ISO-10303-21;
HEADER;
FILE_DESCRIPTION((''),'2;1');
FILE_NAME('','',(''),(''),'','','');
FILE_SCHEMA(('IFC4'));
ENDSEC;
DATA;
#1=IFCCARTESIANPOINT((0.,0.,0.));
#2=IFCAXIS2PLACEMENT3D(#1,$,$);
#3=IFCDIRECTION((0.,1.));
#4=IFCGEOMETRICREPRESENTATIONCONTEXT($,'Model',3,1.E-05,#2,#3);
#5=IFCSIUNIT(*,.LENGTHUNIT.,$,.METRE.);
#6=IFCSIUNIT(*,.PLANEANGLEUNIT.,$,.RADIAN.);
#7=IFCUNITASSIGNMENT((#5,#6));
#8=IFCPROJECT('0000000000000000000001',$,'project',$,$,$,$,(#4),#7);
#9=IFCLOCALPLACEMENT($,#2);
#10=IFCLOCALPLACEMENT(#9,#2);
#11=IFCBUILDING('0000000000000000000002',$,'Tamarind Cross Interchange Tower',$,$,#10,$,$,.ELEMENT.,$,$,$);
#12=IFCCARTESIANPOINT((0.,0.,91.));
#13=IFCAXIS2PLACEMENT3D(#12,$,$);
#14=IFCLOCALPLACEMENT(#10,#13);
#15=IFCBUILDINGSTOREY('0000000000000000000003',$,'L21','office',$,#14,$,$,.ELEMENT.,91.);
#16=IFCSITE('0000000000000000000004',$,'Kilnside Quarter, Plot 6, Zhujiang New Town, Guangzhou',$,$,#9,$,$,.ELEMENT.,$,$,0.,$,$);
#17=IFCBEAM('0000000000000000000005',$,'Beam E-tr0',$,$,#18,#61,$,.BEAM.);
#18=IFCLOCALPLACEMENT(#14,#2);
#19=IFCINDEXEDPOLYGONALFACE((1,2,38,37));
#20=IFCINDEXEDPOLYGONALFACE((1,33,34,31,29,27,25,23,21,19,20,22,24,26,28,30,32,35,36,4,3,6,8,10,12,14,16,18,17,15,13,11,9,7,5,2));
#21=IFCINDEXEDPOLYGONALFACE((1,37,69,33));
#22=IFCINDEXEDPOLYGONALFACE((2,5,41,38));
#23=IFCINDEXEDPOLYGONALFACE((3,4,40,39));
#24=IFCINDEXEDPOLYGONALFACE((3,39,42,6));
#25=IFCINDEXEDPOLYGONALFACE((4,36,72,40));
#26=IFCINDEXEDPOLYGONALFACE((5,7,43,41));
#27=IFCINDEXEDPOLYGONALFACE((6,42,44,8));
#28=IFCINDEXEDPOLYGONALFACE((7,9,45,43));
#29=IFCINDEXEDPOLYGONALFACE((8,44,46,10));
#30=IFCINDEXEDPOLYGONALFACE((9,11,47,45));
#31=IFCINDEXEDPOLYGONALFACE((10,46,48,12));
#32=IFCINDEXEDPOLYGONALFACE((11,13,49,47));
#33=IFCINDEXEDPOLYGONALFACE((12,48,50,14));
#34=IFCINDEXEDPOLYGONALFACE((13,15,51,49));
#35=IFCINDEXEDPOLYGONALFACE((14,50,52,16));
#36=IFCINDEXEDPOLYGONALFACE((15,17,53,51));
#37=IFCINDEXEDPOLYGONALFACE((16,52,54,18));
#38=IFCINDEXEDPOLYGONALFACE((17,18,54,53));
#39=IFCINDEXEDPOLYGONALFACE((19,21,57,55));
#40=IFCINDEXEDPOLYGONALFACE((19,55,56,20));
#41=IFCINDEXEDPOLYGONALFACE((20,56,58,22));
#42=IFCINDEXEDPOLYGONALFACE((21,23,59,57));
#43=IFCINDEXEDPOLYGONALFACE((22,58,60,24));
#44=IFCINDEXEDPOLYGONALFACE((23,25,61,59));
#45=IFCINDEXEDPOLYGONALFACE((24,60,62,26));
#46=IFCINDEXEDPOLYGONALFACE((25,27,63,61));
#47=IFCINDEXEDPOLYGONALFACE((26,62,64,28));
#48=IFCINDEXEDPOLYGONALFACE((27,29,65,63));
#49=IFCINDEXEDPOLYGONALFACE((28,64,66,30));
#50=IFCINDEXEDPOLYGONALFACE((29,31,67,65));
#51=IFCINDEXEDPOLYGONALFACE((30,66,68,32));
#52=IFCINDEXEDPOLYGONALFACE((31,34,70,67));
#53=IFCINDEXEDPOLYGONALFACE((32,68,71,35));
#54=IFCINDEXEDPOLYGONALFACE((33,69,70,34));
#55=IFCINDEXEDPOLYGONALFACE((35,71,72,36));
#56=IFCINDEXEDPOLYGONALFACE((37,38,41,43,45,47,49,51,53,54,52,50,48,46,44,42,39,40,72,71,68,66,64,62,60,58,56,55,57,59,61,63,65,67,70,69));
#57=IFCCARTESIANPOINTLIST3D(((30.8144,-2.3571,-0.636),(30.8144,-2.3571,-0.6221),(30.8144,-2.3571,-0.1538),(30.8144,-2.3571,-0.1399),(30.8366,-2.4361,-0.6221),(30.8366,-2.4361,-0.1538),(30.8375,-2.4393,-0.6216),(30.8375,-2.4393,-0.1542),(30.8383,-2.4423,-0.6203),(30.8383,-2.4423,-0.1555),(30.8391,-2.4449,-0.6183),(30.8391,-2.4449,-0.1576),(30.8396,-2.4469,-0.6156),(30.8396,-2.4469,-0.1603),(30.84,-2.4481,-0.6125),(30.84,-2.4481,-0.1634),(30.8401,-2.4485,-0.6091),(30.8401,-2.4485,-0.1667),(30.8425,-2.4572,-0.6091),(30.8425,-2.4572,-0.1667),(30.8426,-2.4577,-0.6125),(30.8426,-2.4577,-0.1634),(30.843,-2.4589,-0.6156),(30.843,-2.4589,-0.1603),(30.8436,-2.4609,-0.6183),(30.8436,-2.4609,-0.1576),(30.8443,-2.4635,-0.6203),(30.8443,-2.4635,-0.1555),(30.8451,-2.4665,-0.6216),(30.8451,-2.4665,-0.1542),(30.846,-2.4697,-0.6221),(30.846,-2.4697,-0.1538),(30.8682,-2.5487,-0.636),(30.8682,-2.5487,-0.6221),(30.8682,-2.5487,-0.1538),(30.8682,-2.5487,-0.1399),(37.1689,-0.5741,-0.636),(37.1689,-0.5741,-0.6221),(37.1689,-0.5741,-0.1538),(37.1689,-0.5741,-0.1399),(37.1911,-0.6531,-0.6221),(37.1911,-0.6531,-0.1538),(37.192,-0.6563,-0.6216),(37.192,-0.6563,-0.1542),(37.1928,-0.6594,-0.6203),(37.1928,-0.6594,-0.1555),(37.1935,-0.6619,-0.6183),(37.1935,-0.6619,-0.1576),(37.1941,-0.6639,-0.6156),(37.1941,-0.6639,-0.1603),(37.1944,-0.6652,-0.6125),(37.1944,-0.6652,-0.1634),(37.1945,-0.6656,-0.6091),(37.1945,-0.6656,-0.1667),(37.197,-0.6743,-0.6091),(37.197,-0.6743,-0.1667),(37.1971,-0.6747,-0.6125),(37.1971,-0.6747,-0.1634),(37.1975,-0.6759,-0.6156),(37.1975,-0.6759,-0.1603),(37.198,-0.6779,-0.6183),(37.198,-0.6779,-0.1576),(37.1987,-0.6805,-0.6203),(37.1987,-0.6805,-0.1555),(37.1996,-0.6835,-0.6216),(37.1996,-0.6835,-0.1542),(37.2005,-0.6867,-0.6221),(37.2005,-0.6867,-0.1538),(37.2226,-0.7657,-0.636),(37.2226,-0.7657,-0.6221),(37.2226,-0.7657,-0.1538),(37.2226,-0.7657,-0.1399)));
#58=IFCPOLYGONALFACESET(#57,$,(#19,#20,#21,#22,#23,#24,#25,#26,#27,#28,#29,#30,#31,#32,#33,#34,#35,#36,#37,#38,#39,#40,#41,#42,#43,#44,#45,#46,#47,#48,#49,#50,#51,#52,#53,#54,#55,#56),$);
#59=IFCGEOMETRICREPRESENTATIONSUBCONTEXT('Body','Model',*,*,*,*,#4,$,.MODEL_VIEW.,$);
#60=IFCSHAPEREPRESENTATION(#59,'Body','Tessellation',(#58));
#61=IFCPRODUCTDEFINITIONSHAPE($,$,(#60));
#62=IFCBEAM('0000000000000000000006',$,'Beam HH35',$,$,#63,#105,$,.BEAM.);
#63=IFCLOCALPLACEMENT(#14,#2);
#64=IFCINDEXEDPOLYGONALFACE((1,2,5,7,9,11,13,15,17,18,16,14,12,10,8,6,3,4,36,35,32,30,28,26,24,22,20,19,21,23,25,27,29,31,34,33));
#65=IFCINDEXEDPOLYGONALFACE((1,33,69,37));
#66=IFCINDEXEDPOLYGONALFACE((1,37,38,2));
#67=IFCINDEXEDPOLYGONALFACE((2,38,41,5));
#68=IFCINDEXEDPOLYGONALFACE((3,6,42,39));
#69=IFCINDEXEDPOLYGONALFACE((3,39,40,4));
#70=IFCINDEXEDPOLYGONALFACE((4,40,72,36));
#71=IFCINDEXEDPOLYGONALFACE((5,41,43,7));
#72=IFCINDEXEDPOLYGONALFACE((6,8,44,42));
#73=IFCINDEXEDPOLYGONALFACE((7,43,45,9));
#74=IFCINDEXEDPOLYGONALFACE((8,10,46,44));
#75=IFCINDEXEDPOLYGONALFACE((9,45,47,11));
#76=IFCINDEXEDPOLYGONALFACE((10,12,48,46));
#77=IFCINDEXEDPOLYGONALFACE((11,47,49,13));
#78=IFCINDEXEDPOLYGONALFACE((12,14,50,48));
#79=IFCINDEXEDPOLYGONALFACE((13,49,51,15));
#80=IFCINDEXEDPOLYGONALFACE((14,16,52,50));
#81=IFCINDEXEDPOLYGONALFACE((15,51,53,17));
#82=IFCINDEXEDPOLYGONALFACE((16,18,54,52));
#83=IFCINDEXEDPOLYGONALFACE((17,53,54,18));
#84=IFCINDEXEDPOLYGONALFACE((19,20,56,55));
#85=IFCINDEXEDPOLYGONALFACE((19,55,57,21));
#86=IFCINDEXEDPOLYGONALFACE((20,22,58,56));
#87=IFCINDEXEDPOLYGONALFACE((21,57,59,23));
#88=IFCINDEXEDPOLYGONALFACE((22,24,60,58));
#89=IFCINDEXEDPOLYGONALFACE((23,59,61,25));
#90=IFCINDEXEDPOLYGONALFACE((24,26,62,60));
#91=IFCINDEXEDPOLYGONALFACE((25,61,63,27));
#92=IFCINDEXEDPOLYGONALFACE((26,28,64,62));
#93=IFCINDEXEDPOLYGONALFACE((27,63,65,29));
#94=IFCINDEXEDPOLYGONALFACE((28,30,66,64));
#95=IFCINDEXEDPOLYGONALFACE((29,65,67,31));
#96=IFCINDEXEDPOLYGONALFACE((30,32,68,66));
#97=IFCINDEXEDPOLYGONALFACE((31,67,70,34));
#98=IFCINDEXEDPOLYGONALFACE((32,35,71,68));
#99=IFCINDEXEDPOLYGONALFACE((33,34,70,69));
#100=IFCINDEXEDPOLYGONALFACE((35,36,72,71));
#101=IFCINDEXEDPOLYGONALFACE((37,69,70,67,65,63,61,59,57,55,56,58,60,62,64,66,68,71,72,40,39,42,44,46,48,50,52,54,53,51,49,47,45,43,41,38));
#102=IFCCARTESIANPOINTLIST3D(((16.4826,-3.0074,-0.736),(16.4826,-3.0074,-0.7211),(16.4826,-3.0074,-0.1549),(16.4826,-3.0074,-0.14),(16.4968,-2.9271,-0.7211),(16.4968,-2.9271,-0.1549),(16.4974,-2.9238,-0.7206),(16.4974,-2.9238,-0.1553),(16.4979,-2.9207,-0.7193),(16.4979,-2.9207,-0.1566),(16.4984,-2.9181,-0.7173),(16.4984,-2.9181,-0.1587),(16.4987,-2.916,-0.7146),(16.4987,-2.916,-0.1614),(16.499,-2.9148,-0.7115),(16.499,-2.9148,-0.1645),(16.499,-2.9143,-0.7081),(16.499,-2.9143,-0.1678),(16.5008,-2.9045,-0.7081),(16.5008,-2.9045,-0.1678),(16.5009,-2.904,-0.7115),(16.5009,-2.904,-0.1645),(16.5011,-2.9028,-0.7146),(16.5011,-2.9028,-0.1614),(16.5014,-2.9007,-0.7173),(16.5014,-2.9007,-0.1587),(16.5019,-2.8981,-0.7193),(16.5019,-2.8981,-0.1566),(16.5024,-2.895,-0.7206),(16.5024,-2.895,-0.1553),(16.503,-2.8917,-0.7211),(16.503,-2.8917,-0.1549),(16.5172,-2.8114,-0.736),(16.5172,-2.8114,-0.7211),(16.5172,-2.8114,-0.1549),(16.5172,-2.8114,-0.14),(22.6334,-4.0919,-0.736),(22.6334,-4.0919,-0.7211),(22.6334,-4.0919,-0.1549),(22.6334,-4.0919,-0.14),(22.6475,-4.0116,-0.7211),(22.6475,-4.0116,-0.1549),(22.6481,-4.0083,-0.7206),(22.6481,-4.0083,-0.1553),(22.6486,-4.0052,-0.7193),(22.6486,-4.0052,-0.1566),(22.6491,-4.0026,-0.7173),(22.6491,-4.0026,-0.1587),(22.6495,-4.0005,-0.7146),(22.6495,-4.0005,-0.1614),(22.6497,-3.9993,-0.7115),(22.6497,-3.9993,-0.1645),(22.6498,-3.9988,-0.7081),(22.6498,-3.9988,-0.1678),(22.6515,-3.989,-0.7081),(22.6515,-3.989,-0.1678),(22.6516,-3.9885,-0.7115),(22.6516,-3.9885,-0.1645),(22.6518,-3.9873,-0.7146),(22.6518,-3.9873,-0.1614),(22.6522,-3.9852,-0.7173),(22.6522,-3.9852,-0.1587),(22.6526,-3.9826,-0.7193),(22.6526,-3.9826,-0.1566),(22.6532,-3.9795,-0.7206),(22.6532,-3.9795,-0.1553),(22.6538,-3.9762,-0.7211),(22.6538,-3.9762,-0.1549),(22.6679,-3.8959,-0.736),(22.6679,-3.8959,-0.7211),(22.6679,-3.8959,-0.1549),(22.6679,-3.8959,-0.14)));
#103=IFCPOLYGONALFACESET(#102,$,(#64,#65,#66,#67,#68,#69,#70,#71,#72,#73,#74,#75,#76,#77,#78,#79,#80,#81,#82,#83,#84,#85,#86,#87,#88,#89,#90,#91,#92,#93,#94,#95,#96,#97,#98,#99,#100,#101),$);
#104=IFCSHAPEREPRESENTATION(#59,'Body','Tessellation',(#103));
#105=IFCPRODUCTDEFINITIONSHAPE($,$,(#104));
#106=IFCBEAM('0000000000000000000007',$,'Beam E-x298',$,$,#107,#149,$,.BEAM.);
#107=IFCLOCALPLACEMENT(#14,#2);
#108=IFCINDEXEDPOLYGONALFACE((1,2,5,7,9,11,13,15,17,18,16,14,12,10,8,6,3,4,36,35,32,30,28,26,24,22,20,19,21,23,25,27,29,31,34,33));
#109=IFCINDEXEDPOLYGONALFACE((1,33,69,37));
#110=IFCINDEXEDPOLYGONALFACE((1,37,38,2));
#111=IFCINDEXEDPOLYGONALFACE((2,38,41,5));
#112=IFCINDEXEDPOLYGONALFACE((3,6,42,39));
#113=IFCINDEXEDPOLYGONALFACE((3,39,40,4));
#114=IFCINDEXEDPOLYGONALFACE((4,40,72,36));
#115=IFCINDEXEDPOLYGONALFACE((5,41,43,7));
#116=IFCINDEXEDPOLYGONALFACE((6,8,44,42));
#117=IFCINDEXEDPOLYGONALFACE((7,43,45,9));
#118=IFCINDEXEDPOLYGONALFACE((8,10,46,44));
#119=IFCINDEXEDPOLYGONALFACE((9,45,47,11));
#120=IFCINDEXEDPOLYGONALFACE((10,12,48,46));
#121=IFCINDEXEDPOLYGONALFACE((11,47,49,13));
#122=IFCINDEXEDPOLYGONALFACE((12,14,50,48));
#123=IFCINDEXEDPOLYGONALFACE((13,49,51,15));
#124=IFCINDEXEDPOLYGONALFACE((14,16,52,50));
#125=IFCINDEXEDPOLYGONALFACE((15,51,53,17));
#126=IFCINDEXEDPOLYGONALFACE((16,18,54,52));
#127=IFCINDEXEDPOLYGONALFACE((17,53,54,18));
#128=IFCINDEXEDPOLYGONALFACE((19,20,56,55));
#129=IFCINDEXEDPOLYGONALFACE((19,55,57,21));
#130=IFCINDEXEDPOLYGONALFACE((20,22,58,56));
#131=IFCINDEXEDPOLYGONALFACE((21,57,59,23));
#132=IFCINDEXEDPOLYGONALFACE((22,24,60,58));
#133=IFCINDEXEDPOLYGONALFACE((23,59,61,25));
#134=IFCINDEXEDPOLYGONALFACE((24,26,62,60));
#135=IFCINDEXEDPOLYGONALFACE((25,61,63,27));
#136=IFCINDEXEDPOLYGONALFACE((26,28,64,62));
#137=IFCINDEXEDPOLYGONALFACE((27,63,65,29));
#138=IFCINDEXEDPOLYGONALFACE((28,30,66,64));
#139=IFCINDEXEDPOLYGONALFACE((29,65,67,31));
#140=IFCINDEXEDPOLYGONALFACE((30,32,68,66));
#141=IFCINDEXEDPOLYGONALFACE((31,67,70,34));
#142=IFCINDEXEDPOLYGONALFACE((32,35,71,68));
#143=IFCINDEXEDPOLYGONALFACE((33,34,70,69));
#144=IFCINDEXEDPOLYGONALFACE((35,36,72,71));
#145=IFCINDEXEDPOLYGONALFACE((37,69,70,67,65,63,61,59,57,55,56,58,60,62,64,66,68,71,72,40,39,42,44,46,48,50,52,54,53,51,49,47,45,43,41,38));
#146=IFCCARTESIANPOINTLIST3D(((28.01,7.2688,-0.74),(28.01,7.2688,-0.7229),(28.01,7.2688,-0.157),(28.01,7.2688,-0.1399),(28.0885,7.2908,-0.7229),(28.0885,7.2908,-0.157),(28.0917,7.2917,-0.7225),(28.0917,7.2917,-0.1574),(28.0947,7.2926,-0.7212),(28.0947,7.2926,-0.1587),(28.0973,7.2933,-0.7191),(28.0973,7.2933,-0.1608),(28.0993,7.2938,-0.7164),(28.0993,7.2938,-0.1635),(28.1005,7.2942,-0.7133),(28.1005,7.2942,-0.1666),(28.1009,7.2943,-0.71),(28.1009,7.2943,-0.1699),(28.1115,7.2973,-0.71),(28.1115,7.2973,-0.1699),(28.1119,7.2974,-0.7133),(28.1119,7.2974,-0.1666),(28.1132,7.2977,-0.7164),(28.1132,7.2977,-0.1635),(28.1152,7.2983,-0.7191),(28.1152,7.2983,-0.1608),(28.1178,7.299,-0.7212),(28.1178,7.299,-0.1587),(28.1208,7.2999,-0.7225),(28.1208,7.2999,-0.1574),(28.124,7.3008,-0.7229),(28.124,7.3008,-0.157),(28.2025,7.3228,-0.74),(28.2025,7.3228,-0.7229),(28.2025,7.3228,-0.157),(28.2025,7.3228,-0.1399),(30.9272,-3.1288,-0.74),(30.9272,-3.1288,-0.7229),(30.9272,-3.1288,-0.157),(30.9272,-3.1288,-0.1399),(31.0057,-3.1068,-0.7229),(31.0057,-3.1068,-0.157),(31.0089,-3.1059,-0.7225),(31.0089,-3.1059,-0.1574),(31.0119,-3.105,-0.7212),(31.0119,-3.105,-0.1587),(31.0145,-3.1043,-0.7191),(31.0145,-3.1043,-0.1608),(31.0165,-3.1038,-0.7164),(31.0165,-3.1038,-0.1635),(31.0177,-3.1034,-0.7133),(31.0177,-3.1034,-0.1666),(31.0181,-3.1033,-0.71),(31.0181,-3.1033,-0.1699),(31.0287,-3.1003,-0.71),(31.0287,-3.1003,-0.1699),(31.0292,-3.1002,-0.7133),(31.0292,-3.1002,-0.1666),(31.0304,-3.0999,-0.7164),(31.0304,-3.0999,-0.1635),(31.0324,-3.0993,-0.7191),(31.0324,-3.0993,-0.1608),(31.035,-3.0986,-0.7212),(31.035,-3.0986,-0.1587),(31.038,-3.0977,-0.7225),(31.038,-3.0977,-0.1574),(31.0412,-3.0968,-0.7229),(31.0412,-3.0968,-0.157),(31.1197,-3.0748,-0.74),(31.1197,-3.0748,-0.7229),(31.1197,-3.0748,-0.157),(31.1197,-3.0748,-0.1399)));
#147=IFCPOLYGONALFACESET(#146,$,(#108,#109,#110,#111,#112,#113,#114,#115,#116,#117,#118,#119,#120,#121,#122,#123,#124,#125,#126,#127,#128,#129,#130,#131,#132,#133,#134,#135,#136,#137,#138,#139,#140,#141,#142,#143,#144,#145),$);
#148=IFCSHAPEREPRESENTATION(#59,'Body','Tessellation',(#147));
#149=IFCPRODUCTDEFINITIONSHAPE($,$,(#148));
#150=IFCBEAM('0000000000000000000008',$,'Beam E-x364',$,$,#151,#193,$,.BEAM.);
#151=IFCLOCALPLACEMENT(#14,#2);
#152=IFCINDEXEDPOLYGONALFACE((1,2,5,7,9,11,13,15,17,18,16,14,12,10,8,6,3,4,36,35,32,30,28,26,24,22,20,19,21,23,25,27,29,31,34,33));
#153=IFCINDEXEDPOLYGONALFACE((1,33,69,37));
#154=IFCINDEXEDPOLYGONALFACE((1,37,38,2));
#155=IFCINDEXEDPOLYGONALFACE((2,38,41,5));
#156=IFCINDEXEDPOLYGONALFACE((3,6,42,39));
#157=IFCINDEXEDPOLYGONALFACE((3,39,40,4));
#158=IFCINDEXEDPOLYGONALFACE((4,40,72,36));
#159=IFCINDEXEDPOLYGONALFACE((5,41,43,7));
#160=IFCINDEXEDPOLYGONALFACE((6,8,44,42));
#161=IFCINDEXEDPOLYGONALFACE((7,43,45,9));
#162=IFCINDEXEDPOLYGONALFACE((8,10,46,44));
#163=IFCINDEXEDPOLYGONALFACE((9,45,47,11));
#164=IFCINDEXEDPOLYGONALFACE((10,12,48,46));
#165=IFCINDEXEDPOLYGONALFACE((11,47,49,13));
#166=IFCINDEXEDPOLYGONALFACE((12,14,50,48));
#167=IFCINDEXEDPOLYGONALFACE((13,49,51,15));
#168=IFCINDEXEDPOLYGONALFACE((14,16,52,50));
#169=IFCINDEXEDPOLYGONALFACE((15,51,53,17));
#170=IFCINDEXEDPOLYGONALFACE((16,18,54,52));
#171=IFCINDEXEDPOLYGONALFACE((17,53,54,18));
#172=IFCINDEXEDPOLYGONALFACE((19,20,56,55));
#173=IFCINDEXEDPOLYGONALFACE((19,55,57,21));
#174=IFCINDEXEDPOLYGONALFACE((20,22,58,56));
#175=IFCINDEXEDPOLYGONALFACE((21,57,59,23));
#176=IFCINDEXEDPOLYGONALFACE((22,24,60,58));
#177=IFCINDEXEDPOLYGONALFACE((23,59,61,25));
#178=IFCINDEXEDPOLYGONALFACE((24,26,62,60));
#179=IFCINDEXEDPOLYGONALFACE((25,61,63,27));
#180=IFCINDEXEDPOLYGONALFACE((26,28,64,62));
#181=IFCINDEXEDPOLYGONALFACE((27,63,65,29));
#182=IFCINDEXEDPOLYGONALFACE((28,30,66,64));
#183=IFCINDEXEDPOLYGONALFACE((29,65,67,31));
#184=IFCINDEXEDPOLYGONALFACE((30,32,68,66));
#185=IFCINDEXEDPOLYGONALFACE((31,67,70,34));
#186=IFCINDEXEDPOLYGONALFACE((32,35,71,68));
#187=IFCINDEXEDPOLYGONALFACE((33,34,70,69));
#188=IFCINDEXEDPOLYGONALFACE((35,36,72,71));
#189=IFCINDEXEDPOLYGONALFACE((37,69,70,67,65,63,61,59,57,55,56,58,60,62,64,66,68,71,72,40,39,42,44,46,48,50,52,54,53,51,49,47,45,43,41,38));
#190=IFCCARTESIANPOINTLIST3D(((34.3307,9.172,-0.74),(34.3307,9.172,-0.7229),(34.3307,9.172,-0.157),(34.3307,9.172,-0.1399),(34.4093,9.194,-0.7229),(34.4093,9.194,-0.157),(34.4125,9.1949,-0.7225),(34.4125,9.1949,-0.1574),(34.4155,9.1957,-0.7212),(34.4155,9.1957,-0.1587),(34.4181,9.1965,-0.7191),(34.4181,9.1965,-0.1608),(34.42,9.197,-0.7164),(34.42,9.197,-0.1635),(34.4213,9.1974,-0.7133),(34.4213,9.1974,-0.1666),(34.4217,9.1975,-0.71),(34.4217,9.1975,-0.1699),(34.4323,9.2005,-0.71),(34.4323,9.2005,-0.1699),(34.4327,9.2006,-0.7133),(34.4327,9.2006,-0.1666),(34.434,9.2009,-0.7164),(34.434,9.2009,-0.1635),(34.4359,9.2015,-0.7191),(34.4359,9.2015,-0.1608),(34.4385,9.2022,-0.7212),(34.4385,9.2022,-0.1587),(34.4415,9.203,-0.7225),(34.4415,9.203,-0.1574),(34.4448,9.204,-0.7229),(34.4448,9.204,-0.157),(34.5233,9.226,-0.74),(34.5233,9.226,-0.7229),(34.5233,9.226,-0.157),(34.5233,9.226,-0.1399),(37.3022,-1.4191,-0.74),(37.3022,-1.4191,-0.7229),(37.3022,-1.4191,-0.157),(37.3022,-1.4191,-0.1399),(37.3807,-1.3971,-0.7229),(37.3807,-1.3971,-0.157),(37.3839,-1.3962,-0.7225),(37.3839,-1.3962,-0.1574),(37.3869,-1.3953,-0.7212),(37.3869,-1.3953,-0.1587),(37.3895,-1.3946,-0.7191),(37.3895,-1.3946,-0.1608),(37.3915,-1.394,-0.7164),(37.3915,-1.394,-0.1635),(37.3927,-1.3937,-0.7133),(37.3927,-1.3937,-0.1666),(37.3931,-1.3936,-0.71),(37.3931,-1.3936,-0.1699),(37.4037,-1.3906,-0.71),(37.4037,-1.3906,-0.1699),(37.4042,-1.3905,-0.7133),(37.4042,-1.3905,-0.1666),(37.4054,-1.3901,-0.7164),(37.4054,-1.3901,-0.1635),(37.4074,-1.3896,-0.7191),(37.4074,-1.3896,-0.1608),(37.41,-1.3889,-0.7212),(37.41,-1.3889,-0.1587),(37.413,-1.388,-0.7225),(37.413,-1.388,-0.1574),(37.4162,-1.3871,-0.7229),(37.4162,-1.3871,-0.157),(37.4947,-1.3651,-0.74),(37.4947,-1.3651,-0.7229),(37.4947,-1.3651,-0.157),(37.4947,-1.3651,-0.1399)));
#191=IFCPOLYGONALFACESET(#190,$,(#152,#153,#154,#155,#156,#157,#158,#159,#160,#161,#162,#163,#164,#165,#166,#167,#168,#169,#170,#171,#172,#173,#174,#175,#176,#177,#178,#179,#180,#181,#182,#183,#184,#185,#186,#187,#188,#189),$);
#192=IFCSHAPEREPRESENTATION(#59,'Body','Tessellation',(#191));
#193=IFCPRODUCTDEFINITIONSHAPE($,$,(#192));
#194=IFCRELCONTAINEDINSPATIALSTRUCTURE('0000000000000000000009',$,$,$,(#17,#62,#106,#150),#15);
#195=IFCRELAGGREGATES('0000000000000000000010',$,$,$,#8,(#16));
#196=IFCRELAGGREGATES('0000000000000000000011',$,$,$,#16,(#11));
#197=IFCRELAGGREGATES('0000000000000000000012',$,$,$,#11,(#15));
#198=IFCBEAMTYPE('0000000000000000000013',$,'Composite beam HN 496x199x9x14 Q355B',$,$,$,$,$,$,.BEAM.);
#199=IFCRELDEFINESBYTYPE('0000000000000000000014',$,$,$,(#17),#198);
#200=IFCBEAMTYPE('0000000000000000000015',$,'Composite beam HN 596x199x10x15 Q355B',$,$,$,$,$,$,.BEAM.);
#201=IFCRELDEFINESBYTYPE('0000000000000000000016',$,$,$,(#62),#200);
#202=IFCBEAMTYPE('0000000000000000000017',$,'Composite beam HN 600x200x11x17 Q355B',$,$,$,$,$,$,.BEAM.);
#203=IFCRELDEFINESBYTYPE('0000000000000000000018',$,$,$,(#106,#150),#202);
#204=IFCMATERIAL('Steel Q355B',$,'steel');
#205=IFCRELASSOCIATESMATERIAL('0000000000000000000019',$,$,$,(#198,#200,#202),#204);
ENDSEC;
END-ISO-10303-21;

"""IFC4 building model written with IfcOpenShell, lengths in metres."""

from ifc_helpers import new_model, si_unit, direction, frame, origin, origin_2d, place, context, subcontext, project, spatial, i_section, extrude, material, material_profile, profile_set, type_object, element, save


model = new_model("IFC4")

# Units and contexts
model_context = context("Model", 3, precision=1e-05, world=origin(), true_north=direction((0.0, 1.0)))
body_context = subcontext(model_context, "Body", "Model", "MODEL_VIEW")
ifc_project = project(units=[si_unit("LENGTHUNIT", "METRE"), si_unit("PLANEANGLEUNIT", "RADIAN")], contexts=[model_context])

# Site, building, storey
site_placement = place(None, origin())
site = spatial("IfcSite", under=ifc_project, at=site_placement, Name="Kilnside Quarter, Plot 6, Zhujiang New Town, Guangzhou", CompositionType="ELEMENT", RefElevation=0.0)
building_placement = place(site_placement, origin())
building = spatial("IfcBuilding", under=site, at=building_placement, Name="Tamarind Cross Interchange Tower", CompositionType="ELEMENT")
storey_placement = place(building_placement, frame((0.0, 0.0, 91.0)))
storey = spatial("IfcBuildingStorey", under=building, at=storey_placement, Name="L21", Description="office", CompositionType="ELEMENT", Elevation=91.0)

# Beams
ifc_material_1 = material(Name="Steel Q355B", Category="steel")
ifc_material_profile_1 = material_profile(ifc_material_1, i_section(OverallWidth=0.199, OverallDepth=0.4961, WebThickness=0.009, FlangeThickness=0.0139, FilletRadius=0.0129, at=origin_2d()), Name="HN 496x199x9x14")
ifc_profile_set_1 = profile_set([ifc_material_profile_1], Name="Steel Q355B")
beam_type_1 = type_object("IfcBeamType", Name="Composite beam HN 496x199x9x14 Q355B", PredefinedType="BEAM", material=ifc_profile_set_1)
beam_1_placement = place(storey_placement, frame((30.8413, -2.4529, -0.3879), z_axis=(0.962818, 0.27015, 0.0), x_axis=(-0.27015, 0.962818, 0.0)))
element("IfcBeam", 1, at=beam_1_placement, inside=storey, type_object=beam_type_1, Name="Beam E-tr0", PredefinedType="BEAM", context=body_context, shape_type="SweptSolid", body=[
    extrude(i_section(OverallWidth=0.199, OverallDepth=0.4961, WebThickness=0.009, FlangeThickness=0.0139, FilletRadius=0.0129, at=origin_2d()), origin(), (0.0, 0.0, 1.0), 6.5999),
])
ifc_material_profile_2 = material_profile(ifc_material_1, i_section(OverallWidth=0.199, OverallDepth=0.5959, WebThickness=0.01, FlangeThickness=0.0149, FilletRadius=0.0129, at=origin_2d()), Name="HN 596x199x10x15")
ifc_profile_set_2 = profile_set([ifc_material_profile_2], Name="Steel Q355B")
beam_type_2 = type_object("IfcBeamType", Name="Composite beam HN 596x199x10x15 Q355B", PredefinedType="BEAM", material=ifc_profile_set_2)
beam_2_placement = place(storey_placement, frame((22.6506, -3.9939, -0.438), z_axis=(-0.984809, 0.17364, 0.0), x_axis=(-0.17364, -0.984809, 0.0)))
element("IfcBeam", 2, at=beam_2_placement, inside=storey, type_object=beam_type_2, Name="Beam HH35", PredefinedType="BEAM", context=body_context, shape_type="SweptSolid", body=[
    extrude(i_section(OverallWidth=0.199, OverallDepth=0.5959, WebThickness=0.01, FlangeThickness=0.0149, FilletRadius=0.0129, at=origin_2d()), origin(), (0.0, 0.0, 1.0), 6.2456),
])
ifc_material_profile_3 = material_profile(ifc_material_1, i_section(OverallWidth=0.2, OverallDepth=0.6001, WebThickness=0.011, FlangeThickness=0.0171, FilletRadius=0.0129, at=origin_2d()), Name="HN 600x200x11x17")
ifc_profile_set_3 = profile_set([ifc_material_profile_3], Name="Steel Q355B")
beam_type_3 = type_object("IfcBeamType", Name="Composite beam HN 600x200x11x17 Q355B", PredefinedType="BEAM", material=ifc_profile_set_3)
beam_3_placement = place(storey_placement, frame((31.0234, -3.1018, -0.4399), z_axis=(-0.270135, 0.962823, 0.0), x_axis=(-0.962823, -0.270135, 0.0)))
element("IfcBeam", 3, at=beam_3_placement, inside=storey, type_object=beam_type_3, Name="Beam E-x298", PredefinedType="BEAM", context=body_context, shape_type="SweptSolid", body=[
    extrude(i_section(OverallWidth=0.2, OverallDepth=0.6001, WebThickness=0.011, FlangeThickness=0.0171, FilletRadius=0.0129, at=origin_2d()), origin(), (0.0, 0.0, 1.0), 10.7991),
])
for number, where, z_axis, x_axis, name in (
    (4, (37.3984, -1.3921, -0.4399), (-0.27013, 0.962824, 0.0), (-0.962824, -0.27013, 0.0), "Beam E-x364"),
):
    element("IfcBeam", number, at=place(storey_placement, frame(where, z_axis=z_axis, x_axis=x_axis)), inside=storey, type_object=beam_type_3, Name=name, PredefinedType="BEAM", context=body_context, shape_type="SweptSolid", body=[
        extrude(i_section(OverallWidth=0.2, OverallDepth=0.6001, WebThickness=0.011, FlangeThickness=0.0171, FilletRadius=0.0129, at=origin_2d()), origin(), (0.0, 0.0, 1.0), 11.0),
    ])

save(model, "model.ifc")
